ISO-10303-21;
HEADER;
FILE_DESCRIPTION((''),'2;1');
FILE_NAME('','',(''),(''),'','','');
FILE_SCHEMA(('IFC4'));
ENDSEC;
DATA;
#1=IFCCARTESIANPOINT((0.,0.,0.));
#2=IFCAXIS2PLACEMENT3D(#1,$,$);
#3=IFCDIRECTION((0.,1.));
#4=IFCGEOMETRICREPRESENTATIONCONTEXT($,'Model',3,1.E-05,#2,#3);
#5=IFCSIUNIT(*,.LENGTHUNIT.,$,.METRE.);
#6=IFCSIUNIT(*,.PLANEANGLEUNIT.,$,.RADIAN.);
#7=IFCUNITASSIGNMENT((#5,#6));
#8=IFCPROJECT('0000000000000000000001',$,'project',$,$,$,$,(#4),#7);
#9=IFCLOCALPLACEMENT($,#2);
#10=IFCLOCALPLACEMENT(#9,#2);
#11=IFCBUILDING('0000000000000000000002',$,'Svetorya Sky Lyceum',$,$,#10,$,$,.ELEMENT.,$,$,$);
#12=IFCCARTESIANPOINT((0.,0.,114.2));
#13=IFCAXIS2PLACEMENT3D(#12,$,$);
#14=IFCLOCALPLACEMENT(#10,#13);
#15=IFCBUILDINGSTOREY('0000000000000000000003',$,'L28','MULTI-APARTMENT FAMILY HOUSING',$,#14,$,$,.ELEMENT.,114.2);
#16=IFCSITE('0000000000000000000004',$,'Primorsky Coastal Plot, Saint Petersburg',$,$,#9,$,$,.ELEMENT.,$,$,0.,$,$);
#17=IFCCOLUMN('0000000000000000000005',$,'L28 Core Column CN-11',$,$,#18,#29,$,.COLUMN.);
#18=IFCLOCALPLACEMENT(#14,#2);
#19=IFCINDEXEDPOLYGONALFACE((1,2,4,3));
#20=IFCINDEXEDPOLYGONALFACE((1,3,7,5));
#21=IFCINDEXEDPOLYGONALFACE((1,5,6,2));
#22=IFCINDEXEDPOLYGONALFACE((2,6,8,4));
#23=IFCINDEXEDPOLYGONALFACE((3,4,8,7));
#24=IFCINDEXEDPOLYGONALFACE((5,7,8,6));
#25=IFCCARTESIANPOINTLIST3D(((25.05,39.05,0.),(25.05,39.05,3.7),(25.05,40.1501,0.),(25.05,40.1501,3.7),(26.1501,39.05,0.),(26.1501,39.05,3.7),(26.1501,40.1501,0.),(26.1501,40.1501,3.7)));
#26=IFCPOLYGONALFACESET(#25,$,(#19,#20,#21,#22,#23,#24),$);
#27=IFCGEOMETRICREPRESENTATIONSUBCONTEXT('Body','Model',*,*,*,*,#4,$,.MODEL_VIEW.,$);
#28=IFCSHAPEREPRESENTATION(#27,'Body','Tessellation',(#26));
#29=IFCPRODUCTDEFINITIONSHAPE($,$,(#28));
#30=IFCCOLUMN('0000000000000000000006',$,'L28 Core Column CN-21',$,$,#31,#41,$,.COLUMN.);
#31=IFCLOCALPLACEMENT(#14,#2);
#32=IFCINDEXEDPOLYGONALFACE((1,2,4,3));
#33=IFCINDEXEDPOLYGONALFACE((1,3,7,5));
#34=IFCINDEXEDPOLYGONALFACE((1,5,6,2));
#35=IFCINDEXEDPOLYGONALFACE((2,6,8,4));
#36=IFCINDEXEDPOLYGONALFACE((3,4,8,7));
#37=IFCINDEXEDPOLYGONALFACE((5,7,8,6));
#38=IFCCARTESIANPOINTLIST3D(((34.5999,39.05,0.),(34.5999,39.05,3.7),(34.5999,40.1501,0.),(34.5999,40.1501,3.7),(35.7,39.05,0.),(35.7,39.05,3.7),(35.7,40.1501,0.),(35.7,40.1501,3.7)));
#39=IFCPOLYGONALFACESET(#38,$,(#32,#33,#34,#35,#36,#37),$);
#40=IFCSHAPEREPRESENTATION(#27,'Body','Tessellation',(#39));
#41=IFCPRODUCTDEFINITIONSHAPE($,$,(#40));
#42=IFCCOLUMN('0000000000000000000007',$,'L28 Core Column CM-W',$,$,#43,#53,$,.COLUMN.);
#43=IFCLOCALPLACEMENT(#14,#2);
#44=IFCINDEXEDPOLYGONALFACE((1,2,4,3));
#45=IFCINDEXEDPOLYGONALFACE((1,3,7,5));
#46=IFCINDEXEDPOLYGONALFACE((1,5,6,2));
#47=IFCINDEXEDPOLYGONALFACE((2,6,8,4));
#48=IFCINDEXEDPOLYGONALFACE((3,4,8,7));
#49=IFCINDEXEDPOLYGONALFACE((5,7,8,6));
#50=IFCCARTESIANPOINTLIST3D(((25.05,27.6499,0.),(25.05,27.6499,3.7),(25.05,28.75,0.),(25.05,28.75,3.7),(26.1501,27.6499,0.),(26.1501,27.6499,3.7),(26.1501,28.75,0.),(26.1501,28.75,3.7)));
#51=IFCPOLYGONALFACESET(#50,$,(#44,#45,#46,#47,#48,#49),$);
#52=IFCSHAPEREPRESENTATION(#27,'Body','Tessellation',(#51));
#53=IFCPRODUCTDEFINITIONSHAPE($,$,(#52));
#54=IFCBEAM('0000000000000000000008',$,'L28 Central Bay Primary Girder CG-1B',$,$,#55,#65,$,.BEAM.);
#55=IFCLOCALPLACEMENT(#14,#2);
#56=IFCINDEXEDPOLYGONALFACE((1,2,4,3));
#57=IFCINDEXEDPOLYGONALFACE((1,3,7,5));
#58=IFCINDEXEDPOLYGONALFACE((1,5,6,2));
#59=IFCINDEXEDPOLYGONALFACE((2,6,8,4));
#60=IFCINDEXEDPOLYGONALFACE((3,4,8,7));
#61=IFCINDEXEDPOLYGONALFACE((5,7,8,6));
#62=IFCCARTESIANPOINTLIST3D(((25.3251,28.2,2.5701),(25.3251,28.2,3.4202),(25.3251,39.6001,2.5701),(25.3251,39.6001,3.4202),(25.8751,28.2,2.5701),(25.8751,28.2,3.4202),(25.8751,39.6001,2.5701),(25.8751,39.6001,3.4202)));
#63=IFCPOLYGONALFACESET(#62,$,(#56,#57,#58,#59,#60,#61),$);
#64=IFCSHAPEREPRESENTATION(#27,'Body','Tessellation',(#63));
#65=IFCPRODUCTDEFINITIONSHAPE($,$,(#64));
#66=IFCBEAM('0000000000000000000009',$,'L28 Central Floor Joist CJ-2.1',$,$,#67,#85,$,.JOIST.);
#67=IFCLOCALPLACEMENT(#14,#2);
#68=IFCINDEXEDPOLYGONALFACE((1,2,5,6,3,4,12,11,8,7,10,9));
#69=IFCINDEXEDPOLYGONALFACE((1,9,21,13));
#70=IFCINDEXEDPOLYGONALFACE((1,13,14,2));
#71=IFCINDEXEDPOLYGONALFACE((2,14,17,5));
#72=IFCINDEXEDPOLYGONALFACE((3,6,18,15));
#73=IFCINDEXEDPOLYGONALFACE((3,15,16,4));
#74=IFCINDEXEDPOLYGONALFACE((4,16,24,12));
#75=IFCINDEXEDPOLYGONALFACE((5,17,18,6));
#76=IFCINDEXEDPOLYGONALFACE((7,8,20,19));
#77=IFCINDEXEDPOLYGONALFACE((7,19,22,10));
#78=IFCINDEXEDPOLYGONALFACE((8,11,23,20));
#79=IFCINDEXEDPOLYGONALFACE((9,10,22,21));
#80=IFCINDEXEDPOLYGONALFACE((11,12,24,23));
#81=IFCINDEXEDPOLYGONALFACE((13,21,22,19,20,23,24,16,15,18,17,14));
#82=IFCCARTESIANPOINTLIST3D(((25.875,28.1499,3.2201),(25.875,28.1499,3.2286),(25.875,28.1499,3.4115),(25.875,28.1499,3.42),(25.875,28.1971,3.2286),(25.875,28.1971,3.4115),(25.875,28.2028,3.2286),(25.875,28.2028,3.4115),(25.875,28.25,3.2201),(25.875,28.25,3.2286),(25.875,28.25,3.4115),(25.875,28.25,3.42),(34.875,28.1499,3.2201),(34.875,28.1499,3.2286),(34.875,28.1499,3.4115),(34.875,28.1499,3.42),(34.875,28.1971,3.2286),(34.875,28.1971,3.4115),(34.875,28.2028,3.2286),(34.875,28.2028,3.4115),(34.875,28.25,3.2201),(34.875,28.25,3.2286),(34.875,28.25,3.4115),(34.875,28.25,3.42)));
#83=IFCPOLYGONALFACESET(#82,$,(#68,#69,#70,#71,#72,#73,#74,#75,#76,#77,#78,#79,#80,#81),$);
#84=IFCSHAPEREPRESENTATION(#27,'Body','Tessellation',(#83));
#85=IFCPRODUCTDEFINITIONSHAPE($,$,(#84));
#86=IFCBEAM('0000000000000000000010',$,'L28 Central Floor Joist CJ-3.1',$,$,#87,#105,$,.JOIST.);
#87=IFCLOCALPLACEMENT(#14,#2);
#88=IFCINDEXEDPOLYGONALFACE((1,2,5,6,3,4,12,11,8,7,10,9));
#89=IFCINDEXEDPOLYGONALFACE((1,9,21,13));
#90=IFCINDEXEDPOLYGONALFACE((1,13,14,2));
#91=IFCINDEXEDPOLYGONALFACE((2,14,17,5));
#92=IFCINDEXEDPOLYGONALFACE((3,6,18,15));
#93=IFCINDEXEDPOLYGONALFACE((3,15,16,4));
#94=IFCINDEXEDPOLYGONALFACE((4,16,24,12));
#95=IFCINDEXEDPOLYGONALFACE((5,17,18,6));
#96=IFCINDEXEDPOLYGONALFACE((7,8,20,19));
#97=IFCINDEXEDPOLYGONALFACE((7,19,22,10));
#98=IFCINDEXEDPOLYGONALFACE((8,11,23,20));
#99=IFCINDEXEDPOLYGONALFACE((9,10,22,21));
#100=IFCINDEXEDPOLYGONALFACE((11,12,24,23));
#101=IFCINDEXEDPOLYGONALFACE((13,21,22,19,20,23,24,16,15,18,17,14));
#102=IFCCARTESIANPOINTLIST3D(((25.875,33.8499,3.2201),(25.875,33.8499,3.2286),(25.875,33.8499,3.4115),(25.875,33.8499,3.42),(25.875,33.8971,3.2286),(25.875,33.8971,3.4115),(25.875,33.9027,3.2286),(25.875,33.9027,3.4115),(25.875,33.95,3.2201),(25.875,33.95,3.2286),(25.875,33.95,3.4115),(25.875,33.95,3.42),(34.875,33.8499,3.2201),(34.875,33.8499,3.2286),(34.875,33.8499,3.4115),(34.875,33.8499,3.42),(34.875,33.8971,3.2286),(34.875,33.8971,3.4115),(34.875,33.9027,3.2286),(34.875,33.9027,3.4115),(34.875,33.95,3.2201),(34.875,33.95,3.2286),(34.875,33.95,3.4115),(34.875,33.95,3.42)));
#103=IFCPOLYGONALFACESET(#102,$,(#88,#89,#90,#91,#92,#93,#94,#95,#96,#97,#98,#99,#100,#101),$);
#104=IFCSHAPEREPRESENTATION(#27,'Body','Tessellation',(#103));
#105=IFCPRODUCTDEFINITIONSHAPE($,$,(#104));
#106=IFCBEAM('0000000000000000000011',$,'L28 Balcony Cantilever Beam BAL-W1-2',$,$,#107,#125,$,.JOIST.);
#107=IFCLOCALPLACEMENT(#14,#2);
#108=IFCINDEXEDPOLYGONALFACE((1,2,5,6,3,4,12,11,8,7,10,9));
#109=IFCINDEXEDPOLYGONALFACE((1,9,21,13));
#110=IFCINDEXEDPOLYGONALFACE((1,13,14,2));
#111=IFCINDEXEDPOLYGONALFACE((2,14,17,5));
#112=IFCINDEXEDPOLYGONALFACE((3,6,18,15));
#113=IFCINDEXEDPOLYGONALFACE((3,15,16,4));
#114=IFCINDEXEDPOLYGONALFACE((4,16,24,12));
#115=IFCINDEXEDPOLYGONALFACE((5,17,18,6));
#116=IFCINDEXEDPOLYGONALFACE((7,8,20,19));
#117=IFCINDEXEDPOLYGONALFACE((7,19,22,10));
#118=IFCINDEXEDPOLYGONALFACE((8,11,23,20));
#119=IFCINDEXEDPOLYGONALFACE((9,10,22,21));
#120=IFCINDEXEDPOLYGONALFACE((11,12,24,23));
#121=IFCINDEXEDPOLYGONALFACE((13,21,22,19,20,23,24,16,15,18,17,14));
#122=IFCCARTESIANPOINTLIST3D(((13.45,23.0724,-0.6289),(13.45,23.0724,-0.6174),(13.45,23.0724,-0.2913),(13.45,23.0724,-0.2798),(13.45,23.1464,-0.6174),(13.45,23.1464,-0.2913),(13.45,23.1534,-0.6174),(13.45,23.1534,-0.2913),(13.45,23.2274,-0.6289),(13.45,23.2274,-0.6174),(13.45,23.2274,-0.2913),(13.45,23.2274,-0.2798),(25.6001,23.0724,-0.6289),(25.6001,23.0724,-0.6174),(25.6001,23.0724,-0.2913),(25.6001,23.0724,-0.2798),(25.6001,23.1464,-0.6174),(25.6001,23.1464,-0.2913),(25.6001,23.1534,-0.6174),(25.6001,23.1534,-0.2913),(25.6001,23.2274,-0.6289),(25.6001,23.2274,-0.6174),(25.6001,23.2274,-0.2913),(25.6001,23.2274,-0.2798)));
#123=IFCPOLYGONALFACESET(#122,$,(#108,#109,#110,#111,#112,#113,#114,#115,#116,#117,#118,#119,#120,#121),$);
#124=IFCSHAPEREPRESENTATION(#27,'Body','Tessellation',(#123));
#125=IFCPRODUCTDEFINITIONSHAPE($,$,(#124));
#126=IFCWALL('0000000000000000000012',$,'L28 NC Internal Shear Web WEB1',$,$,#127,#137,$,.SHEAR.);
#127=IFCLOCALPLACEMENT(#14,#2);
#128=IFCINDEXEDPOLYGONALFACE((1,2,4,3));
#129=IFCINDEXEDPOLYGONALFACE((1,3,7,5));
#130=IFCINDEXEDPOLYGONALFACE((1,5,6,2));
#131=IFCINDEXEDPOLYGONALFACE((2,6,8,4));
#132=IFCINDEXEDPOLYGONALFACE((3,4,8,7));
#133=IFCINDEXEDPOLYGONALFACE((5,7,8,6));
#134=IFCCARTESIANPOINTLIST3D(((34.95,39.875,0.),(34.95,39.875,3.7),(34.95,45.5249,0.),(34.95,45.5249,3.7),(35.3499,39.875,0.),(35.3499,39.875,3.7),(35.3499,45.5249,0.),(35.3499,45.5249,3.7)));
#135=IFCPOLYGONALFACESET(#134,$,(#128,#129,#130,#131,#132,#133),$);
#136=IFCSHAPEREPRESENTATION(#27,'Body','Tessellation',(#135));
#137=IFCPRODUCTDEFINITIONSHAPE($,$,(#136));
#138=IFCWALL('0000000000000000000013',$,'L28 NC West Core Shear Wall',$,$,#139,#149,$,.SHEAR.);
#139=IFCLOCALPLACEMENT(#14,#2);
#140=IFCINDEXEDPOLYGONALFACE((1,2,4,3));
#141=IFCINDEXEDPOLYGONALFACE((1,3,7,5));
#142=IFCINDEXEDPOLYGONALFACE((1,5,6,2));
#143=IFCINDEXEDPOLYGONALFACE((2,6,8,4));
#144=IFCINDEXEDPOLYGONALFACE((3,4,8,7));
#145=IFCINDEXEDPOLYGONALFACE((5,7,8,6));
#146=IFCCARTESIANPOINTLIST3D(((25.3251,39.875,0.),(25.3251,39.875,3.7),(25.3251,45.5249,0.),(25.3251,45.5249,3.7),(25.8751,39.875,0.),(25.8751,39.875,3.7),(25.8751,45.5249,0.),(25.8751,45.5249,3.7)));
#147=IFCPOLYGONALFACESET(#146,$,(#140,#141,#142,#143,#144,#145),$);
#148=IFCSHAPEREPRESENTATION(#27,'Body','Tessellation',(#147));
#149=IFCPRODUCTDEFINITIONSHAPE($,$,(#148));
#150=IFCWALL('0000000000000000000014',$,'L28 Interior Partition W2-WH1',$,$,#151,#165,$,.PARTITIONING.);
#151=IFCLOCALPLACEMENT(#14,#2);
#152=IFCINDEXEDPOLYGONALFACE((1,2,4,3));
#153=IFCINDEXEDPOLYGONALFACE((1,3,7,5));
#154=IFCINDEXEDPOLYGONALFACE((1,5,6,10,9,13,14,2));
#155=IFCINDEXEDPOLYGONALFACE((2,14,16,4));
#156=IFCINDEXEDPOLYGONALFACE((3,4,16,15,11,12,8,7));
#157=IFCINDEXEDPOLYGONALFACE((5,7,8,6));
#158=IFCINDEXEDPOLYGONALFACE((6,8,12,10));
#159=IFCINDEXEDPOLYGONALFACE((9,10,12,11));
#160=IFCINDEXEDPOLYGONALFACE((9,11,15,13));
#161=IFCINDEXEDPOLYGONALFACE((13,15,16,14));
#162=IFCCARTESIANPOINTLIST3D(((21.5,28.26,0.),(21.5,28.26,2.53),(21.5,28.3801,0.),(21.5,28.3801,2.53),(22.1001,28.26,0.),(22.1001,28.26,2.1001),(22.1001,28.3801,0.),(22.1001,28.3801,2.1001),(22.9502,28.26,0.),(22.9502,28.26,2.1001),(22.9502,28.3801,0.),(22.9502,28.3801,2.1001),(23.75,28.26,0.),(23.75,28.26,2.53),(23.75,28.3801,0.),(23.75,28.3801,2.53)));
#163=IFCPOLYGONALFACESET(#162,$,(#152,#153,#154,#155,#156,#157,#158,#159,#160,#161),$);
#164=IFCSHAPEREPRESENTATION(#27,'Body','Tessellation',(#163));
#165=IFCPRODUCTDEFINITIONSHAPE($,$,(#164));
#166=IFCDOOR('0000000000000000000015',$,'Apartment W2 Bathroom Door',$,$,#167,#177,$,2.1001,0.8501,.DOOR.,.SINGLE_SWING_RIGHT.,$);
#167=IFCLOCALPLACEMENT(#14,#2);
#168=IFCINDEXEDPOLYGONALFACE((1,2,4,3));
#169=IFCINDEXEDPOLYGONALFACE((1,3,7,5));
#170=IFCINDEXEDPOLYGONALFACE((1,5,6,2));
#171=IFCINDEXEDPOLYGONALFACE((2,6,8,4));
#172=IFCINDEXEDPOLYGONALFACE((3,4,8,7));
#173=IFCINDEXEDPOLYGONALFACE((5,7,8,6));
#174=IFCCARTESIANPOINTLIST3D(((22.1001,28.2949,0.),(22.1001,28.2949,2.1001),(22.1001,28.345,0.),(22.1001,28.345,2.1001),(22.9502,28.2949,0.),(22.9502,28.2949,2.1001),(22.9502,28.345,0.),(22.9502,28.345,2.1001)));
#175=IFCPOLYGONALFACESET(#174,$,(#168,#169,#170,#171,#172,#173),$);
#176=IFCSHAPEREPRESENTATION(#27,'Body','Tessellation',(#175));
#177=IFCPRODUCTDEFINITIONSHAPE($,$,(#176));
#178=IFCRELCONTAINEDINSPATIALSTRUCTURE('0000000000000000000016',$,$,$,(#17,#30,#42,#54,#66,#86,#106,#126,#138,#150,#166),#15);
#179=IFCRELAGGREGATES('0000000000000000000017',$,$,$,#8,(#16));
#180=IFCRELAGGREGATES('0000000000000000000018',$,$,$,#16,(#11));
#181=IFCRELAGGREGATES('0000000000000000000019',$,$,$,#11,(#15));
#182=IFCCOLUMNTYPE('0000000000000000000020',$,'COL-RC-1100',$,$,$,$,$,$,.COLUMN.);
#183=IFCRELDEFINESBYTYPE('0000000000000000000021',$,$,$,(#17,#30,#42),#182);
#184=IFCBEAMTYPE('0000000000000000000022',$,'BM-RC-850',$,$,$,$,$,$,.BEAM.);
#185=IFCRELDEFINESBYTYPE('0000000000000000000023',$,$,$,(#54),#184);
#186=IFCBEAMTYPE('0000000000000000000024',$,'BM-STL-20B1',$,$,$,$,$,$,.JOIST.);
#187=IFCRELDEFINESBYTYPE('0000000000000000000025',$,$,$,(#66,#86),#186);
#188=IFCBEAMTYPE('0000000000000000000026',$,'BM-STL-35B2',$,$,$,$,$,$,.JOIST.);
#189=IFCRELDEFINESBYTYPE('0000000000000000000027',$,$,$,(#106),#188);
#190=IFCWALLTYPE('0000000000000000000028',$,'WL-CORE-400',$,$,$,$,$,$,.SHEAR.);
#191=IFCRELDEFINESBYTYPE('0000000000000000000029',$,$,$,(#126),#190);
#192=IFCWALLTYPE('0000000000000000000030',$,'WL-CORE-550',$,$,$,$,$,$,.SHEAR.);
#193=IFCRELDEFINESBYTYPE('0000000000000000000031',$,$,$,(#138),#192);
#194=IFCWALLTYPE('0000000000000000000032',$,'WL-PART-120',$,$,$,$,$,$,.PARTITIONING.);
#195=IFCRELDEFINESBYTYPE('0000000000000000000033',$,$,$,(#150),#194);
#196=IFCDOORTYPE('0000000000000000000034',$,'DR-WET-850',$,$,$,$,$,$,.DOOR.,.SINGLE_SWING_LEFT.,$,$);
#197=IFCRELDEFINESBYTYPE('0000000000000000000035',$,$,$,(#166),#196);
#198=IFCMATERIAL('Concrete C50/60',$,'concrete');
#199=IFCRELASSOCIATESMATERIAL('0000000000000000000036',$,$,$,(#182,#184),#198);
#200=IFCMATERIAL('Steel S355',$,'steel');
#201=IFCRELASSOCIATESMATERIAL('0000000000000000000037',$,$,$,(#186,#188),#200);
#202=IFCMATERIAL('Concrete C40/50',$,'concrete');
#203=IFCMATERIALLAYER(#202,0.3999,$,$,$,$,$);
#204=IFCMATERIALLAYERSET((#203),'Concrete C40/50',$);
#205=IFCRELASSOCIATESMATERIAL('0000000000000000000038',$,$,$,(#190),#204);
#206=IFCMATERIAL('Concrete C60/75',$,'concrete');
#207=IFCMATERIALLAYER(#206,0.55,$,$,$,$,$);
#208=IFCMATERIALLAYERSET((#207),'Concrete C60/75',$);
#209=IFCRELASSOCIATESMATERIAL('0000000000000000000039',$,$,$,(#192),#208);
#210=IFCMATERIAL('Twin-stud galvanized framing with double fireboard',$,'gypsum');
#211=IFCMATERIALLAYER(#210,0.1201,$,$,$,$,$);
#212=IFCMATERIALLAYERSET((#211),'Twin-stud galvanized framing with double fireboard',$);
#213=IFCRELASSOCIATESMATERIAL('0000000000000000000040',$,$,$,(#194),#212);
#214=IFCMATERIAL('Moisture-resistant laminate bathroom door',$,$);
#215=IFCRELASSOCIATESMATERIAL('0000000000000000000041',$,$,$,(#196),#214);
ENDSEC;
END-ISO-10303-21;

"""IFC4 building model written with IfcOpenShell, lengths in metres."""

from ifc_helpers import new_model, si_unit, direction, frame, frame_2d, origin, origin_2d, place, context, subcontext, project, spatial, rectangle, i_section, extrude, material, layer, layer_set, material_profile, profile_set, type_object, element, fill, save


model = new_model("IFC4")

# Units and contexts
model_context = context("Model", 3, precision=1e-05, world=origin(), true_north=direction((0.0, 1.0)))
body_context = subcontext(model_context, "Body", "Model", "MODEL_VIEW")
ifc_project = project(units=[si_unit("LENGTHUNIT", "METRE"), si_unit("PLANEANGLEUNIT", "RADIAN")], contexts=[model_context])

# Site, building, storey
site_placement = place(None, origin())
site = spatial("IfcSite", under=ifc_project, at=site_placement, Name="Primorsky Coastal Plot, Saint Petersburg", CompositionType="ELEMENT", RefElevation=0.0)
building_placement = place(site_placement, origin())
building = spatial("IfcBuilding", under=site, at=building_placement, Name="Svetorya Sky Lyceum", CompositionType="ELEMENT")
storey_placement = place(building_placement, frame((0.0, 0.0, 114.2)))
storey = spatial("IfcBuildingStorey", under=building, at=storey_placement, Name="L28", Description="MULTI-APARTMENT FAMILY HOUSING", CompositionType="ELEMENT", Elevation=114.2)

# Columns
ifc_material_1 = material(Name="Concrete C50/60", Category="concrete")
ifc_material_profile_1 = material_profile(ifc_material_1, rectangle(XDim=1.1001, YDim=1.1001, at=origin_2d()), Name="RC COL 1100x1100")
ifc_profile_set_1 = profile_set([ifc_material_profile_1], Name="Concrete C50/60")
column_type = type_object("IfcColumnType", Name="COL-RC-1100", PredefinedType="COLUMN", material=ifc_profile_set_1)
for number, where, z_axis, x_axis, name in (
    (1, (25.6001, 39.6001, 0.0), (0.0, 0.0, 1.0), (1.0, 0.0, 0.0), "L28 Core Column CN-11"),
    (2, (35.1499, 39.6001, 0.0), (0.0, 0.0, 1.0), (1.0, 0.0, 0.0), "L28 Core Column CN-21"),
    (3, (25.6001, 28.2, 0.0), (0.0, 0.0, 1.0), (1.0, 0.0, 0.0), "L28 Core Column CM-W"),
):
    element("IfcColumn", number, at=place(storey_placement, frame(where, z_axis=z_axis, x_axis=x_axis)), inside=storey, type_object=column_type, Name=name, PredefinedType="COLUMN", context=body_context, shape_type="SweptSolid", body=[
        extrude(rectangle(XDim=1.1001, YDim=1.1001, at=origin_2d()), origin(), (0.0, 0.0, 1.0), 3.7),
    ])

# Beams
ifc_material_profile_2 = material_profile(ifc_material_1, rectangle(XDim=0.55, YDim=0.8501, at=origin_2d()), Name="RC BEAM 550x850")
ifc_profile_set_2 = profile_set([ifc_material_profile_2], Name="Concrete C50/60")
beam_type_1 = type_object("IfcBeamType", Name="BM-RC-850", PredefinedType="BEAM", material=ifc_profile_set_2)
beam_1_placement = place(storey_placement, frame((25.6001, 28.2, 2.9951), z_axis=(0.0, 1.0, 0.0), x_axis=(-1.0, 0.0, 0.0)))
element("IfcBeam", 4, at=beam_1_placement, inside=storey, type_object=beam_type_1, Name="L28 Central Bay Primary Girder CG-1B", PredefinedType="BEAM", context=body_context, shape_type="SweptSolid", body=[
    extrude(rectangle(XDim=0.55, YDim=0.8501, at=origin_2d()), origin(), (0.0, 0.0, 1.0), 11.4001),
])
ifc_material_2 = material(Name="Steel S355", Category="steel")
ifc_material_profile_3 = material_profile(ifc_material_2, i_section(OverallWidth=0.1001, OverallDepth=0.2, WebThickness=0.0056, FlangeThickness=0.0085, at=origin_2d()), Name="GOST 20B1")
ifc_profile_set_3 = profile_set([ifc_material_profile_3], Name="Steel S355")
beam_type_2 = type_object("IfcBeamType", Name="BM-STL-20B1", PredefinedType="JOIST", material=ifc_profile_set_3)
for number, where, z_axis, x_axis, name in (
    (5, (25.875, 28.2, 3.3201), (1.0, 0.0, 0.0), (0.0, 1.0, 0.0), "L28 Central Floor Joist CJ-2.1"),
    (6, (25.875, 33.8999, 3.3201), (1.0, 0.0, 0.0), (0.0, 1.0, 0.0), "L28 Central Floor Joist CJ-3.1"),
):
    element("IfcBeam", number, at=place(storey_placement, frame(where, z_axis=z_axis, x_axis=x_axis)), inside=storey, type_object=beam_type_2, Name=name, PredefinedType="JOIST", context=body_context, shape_type="SweptSolid", body=[
        extrude(i_section(OverallWidth=0.1001, OverallDepth=0.2, WebThickness=0.0056, FlangeThickness=0.0085, at=origin_2d()), origin(), (0.0, 0.0, 1.0), 9.0),
    ])
ifc_material_profile_4 = material_profile(ifc_material_2, i_section(OverallWidth=0.155, OverallDepth=0.3491, WebThickness=0.0071, FlangeThickness=0.0115, at=origin_2d()), Name="GOST 35B2")
ifc_profile_set_4 = profile_set([ifc_material_profile_4], Name="Steel S355")
beam_type_3 = type_object("IfcBeamType", Name="BM-STL-35B2", PredefinedType="JOIST", material=ifc_profile_set_4)
beam_2_placement = place(storey_placement, frame((25.6001, 23.1499, -0.4543), z_axis=(-1.0, 0.0, 0.0), x_axis=(0.0, -1.0, 0.0)))
element("IfcBeam", 7, at=beam_2_placement, inside=storey, type_object=beam_type_3, Name="L28 Balcony Cantilever Beam BAL-W1-2", PredefinedType="JOIST", context=body_context, shape_type="SweptSolid", body=[
    extrude(i_section(OverallWidth=0.155, OverallDepth=0.3491, WebThickness=0.0071, FlangeThickness=0.0115, at=origin_2d()), origin(), (0.0, 0.0, 1.0), 12.1501),
])

# Walls
ifc_material_3 = material(Name="Concrete C40/50", Category="concrete")
ifc_layer_1 = layer(ifc_material_3, 0.3999)
ifc_layer_set_1 = layer_set([ifc_layer_1], Name="Concrete C40/50")
wall_type_1 = type_object("IfcWallType", Name="WL-CORE-400", PredefinedType="SHEAR", material=ifc_layer_set_1)
wall_1_placement = place(storey_placement, frame((35.1499, 39.875, 0.0), z_axis=(0.0, 0.0, 1.0), x_axis=(0.0, 1.0, 0.0)))
element("IfcWall", 8, at=wall_1_placement, inside=storey, type_object=wall_type_1, Name="L28 NC Internal Shear Web WEB1", PredefinedType="SHEAR", context=body_context, shape_type="SweptSolid", body=[
    extrude(rectangle(XDim=5.6499, YDim=0.3999, at=frame_2d((2.825, 0.0))), origin(), (0.0, 0.0, 1.0), 3.7),
])
ifc_material_4 = material(Name="Concrete C60/75", Category="concrete")
ifc_layer_2 = layer(ifc_material_4, 0.55)
ifc_layer_set_2 = layer_set([ifc_layer_2], Name="Concrete C60/75")
wall_type_2 = type_object("IfcWallType", Name="WL-CORE-550", PredefinedType="SHEAR", material=ifc_layer_set_2)
wall_2_placement = place(storey_placement, frame((25.6001, 39.875, 0.0), z_axis=(0.0, 0.0, 1.0), x_axis=(0.0, 1.0, 0.0)))
element("IfcWall", 9, at=wall_2_placement, inside=storey, type_object=wall_type_2, Name="L28 NC West Core Shear Wall", PredefinedType="SHEAR", context=body_context, shape_type="SweptSolid", body=[
    extrude(rectangle(XDim=5.6499, YDim=0.55, at=frame_2d((2.825, 0.0))), origin(), (0.0, 0.0, 1.0), 3.7),
])

# Wall, opening, door
ifc_material_5 = material(Name="Twin-stud galvanized framing with double fireboard", Category="gypsum")
ifc_layer_3 = layer(ifc_material_5, 0.1201)
ifc_layer_set_3 = layer_set([ifc_layer_3], Name="Twin-stud galvanized framing with double fireboard")
wall_type_3 = type_object("IfcWallType", Name="WL-PART-120", PredefinedType="PARTITIONING", material=ifc_layer_set_3)
wall_3_placement = place(storey_placement, frame((21.5, 28.3201, 0.0), z_axis=(0.0, 0.0, 1.0), x_axis=(1.0, 0.0, 0.0)))
wall_3 = element("IfcWall", 10, at=wall_3_placement, inside=storey, type_object=wall_type_3, Name="L28 Interior Partition W2-WH1", PredefinedType="PARTITIONING", context=body_context, shape_type="SweptSolid", body=[
    extrude(rectangle(XDim=2.25, YDim=0.1201, at=frame_2d((1.125, 0.0))), origin(), (0.0, 0.0, 1.0), 2.53),
])
opening_1_placement = place(wall_3_placement, frame((0.6001, 0.0, 0.0)))
opening_1 = element("IfcOpeningElement", 11, at=opening_1_placement, cuts=wall_3, PredefinedType="OPENING", context=body_context, shape_type="SweptSolid", body=[
    extrude(rectangle(XDim=0.8501, YDim=2.1001, at=frame_2d((0.425, 1.05))), frame((0.0, 0.0701, 0.0), z_axis=(0.0, -1.0, 0.0), x_axis=(1.0, 0.0, 0.0)), (0.0, 0.0, 1.0), 0.1401),
])
ifc_material_6 = material(Name="Moisture-resistant laminate bathroom door")
door_type_1 = type_object("IfcDoorType", Name="DR-WET-850", OperationType="SINGLE_SWING_LEFT", PredefinedType="DOOR", material=ifc_material_6)
door_1_placement = place(opening_1_placement, origin())
door_1 = element("IfcDoor", 12, at=door_1_placement, inside=storey, type_object=door_type_1, Name="Apartment W2 Bathroom Door", OperationType="SINGLE_SWING_RIGHT", OverallHeight=2.1001, OverallWidth=0.8501, PredefinedType="DOOR", context=body_context, shape_type="SweptSolid", body=[
    extrude(rectangle(XDim=0.8501, YDim=2.1001, at=frame_2d((0.425, 1.05))), frame((0.0, 0.0249, 0.0), z_axis=(0.0, -1.0, 0.0), x_axis=(1.0, 0.0, 0.0)), (0.0, 0.0, 1.0), 0.05),
])
fill(opening_1, door_1)

save(model, "model.ifc")
